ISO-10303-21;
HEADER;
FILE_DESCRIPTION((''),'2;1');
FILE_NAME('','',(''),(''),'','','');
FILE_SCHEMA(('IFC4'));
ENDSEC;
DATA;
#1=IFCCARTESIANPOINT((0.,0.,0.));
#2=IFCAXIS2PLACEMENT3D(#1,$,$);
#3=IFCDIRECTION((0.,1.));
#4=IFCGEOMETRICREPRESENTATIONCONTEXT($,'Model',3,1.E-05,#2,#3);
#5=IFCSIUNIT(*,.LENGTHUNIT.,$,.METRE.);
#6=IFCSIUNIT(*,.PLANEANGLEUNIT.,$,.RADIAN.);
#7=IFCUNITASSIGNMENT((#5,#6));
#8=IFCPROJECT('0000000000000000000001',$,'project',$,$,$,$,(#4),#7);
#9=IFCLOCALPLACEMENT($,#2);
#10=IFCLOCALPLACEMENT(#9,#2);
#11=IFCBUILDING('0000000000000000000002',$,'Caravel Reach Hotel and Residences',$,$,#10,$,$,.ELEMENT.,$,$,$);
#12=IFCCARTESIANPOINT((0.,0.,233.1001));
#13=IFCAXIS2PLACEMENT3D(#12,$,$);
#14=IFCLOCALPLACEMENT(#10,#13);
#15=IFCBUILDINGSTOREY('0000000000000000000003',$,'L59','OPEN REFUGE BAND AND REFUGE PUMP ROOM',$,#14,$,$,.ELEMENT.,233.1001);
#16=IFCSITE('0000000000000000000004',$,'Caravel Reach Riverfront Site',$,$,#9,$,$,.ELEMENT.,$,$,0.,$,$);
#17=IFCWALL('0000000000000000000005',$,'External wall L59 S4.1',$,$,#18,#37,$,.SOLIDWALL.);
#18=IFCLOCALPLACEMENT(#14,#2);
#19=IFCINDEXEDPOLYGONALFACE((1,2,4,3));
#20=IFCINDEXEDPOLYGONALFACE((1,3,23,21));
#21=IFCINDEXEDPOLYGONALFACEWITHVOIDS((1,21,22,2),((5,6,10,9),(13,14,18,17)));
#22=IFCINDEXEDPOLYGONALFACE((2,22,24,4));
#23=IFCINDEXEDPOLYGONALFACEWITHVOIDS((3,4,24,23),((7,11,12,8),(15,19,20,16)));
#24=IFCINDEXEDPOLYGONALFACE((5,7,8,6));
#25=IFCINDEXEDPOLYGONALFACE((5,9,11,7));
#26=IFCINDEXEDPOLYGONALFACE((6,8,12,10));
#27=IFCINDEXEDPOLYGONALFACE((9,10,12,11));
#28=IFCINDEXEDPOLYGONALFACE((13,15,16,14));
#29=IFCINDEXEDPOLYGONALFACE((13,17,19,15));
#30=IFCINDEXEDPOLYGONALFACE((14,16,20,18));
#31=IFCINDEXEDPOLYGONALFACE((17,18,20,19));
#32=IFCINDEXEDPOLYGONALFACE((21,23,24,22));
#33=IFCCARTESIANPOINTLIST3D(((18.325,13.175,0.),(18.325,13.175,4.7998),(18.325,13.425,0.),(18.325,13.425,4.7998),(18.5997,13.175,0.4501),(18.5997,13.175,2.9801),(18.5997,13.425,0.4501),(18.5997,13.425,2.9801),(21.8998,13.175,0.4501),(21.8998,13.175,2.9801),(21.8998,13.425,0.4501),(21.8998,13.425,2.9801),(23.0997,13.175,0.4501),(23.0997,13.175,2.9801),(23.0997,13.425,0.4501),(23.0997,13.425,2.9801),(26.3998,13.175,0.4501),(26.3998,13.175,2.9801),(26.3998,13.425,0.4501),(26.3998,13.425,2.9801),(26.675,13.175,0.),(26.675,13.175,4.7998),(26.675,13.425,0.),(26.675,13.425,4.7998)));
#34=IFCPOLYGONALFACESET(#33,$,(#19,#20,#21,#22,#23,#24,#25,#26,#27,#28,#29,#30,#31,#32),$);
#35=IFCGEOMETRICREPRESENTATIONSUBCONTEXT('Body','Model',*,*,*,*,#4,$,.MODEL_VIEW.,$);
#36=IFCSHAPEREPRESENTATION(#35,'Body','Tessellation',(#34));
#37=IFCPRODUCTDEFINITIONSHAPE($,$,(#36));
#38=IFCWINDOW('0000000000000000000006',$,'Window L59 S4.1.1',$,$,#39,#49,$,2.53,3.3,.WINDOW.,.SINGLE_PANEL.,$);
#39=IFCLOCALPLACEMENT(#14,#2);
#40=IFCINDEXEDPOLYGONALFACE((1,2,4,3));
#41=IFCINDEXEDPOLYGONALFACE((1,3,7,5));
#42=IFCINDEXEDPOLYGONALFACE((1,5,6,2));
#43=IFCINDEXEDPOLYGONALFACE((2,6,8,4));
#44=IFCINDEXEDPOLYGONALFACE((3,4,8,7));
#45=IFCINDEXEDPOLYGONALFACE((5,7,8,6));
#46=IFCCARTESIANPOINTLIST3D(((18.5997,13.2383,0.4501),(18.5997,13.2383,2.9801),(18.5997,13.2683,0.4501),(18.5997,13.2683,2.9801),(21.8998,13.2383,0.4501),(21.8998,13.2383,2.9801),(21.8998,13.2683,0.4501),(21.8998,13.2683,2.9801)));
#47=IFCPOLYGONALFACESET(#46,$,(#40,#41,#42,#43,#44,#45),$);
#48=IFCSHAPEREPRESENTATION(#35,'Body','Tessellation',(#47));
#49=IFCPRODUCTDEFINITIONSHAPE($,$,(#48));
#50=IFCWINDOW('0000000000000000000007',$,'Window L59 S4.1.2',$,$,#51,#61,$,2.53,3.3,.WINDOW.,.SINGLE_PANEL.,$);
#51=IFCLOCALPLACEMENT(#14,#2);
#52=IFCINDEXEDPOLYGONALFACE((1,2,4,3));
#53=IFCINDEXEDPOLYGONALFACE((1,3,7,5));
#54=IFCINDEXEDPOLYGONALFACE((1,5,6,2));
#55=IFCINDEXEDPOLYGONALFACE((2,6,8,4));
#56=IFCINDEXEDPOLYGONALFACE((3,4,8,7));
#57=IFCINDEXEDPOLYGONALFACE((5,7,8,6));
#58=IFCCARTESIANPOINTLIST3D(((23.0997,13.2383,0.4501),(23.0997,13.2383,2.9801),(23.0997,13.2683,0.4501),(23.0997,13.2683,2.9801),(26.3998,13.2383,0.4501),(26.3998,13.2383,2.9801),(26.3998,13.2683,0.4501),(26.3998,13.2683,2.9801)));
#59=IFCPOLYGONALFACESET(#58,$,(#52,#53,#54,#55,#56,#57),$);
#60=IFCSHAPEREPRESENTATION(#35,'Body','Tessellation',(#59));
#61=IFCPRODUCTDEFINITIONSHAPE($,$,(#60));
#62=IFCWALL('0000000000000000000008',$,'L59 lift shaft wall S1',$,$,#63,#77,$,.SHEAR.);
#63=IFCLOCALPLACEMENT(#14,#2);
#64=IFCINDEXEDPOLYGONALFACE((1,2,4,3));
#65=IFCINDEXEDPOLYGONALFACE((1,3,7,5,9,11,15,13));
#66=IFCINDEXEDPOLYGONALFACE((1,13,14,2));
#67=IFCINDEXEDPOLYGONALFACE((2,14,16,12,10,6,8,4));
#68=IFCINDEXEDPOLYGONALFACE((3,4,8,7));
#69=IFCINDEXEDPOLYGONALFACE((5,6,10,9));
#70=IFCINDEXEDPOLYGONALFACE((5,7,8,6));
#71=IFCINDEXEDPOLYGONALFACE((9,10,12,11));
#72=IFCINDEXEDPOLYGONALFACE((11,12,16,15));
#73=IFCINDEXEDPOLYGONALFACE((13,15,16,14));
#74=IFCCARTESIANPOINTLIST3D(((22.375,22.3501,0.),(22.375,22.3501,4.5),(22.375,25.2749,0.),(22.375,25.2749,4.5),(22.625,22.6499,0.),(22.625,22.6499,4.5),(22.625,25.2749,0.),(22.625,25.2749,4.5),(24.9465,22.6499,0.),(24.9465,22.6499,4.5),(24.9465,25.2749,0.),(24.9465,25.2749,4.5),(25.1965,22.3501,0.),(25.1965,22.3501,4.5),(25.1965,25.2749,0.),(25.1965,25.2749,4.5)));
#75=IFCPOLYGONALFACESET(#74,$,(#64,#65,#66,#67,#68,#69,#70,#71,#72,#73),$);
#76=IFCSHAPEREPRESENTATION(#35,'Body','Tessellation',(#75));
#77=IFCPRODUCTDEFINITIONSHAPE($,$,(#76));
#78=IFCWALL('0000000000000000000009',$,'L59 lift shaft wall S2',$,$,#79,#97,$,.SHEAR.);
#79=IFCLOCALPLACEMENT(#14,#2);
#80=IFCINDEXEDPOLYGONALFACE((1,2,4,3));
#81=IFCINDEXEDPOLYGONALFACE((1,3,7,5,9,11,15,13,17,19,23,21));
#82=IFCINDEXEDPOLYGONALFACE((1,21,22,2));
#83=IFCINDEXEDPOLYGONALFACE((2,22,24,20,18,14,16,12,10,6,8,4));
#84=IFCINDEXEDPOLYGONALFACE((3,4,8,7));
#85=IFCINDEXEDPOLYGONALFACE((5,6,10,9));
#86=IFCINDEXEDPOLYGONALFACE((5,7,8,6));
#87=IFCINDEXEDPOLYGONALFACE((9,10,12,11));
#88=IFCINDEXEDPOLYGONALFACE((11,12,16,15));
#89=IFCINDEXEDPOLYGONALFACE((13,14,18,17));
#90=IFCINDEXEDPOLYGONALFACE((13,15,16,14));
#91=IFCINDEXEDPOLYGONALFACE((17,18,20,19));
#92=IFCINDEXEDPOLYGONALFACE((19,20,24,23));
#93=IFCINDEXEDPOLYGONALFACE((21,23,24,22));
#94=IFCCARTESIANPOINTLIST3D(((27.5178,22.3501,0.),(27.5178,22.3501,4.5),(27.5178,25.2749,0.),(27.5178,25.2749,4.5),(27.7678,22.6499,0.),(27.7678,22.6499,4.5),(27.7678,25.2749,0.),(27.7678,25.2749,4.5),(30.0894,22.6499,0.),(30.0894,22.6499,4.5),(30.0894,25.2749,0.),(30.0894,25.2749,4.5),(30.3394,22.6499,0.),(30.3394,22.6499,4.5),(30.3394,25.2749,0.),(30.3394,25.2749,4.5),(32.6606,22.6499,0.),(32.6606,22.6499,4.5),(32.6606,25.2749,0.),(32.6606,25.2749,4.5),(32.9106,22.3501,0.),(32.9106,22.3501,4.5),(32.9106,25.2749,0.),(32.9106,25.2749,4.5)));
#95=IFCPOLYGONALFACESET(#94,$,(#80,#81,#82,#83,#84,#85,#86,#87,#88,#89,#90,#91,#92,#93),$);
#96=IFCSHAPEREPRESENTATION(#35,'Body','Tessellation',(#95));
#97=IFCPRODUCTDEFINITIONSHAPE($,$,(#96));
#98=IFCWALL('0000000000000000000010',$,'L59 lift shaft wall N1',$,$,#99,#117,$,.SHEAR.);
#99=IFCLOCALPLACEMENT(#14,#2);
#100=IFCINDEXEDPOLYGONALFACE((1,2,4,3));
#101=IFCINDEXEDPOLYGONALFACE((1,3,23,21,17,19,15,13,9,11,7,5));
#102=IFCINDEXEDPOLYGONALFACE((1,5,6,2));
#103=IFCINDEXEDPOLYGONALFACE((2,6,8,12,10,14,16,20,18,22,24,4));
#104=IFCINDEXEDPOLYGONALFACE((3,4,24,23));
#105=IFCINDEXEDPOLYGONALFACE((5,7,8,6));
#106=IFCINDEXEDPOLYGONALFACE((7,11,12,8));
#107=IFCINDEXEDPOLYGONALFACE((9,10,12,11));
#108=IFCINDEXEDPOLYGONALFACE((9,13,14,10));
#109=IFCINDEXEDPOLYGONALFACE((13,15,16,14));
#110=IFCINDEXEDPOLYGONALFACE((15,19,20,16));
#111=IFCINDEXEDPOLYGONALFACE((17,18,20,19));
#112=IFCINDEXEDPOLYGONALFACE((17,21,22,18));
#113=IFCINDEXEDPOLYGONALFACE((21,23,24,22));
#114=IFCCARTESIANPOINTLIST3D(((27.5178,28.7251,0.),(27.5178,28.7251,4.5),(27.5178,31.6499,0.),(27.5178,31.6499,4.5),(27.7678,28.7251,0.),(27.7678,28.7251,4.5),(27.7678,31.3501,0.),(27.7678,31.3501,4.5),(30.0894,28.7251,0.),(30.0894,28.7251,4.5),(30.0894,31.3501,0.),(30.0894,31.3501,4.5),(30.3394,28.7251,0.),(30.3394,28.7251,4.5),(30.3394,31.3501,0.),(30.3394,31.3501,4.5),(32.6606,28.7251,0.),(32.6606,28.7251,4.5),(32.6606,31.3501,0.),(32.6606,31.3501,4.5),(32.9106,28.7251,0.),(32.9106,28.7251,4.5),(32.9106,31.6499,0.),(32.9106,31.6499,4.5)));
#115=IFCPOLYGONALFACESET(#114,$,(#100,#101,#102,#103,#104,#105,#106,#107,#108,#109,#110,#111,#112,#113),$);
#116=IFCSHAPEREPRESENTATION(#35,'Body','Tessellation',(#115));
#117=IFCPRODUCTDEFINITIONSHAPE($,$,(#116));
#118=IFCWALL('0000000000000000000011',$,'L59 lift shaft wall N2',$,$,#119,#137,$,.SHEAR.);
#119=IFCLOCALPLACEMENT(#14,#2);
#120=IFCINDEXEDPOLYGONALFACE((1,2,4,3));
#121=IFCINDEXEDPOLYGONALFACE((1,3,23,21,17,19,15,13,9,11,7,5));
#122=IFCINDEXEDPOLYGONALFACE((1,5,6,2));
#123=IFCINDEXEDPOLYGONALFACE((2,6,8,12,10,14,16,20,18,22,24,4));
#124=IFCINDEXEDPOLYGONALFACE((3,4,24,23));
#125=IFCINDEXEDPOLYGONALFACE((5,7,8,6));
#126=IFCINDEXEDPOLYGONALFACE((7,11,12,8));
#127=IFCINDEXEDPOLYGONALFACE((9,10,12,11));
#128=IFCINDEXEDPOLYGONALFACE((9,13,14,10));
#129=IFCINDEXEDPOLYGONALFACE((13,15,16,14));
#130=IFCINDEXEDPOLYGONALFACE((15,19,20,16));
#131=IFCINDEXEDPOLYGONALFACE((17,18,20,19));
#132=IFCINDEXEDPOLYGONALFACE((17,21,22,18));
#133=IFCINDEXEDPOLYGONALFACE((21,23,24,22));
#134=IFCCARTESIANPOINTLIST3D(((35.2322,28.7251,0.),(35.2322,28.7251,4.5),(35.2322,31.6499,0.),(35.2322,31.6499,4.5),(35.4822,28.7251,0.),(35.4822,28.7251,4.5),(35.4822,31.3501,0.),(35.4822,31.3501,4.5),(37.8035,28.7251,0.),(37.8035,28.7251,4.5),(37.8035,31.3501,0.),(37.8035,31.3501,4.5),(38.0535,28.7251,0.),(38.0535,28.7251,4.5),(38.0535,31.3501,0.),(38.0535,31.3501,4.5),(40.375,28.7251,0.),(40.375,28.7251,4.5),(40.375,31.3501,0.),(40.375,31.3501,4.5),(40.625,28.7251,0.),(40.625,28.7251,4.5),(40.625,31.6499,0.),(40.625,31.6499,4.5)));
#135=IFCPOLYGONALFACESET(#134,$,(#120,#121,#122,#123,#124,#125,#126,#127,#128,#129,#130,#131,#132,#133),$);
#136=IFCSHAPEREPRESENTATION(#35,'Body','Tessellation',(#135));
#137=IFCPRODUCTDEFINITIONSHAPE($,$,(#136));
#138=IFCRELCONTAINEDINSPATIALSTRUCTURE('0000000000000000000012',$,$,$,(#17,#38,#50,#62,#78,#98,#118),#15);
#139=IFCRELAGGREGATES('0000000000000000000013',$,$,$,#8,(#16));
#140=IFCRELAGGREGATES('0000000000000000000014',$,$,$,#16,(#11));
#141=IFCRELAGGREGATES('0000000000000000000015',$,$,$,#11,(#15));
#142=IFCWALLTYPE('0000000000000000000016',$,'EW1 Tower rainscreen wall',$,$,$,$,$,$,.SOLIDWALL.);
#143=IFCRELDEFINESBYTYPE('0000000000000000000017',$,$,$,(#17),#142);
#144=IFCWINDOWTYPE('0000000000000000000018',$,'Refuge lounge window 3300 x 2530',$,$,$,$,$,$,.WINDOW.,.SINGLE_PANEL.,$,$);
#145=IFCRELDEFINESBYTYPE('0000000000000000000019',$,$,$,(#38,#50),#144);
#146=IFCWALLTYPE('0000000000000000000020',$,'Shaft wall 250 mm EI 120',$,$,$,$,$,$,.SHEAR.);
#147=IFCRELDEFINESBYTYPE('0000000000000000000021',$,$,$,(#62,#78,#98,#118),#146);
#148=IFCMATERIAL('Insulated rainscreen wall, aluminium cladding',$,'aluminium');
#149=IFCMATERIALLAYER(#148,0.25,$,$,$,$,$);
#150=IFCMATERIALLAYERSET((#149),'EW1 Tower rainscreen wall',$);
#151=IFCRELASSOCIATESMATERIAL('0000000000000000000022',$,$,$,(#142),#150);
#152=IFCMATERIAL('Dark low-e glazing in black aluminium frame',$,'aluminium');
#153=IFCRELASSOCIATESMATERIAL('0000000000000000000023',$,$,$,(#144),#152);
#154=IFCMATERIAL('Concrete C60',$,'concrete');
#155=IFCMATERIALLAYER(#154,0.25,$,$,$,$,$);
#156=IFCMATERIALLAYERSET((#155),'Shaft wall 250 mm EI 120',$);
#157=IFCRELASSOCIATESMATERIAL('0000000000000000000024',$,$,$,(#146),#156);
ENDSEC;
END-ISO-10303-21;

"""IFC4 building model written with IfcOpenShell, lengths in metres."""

from ifc_helpers import new_model, si_unit, direction, frame, frame_2d, origin, place, context, subcontext, project, spatial, polyline, rectangle, outline, extrude, material, layer, layer_set, type_object, element, fill, save


model = new_model("IFC4")

# Units and contexts
model_context = context("Model", 3, precision=1e-05, world=origin(), true_north=direction((0.0, 1.0)))
body_context = subcontext(model_context, "Body", "Model", "MODEL_VIEW")
ifc_project = project(units=[si_unit("LENGTHUNIT", "METRE"), si_unit("PLANEANGLEUNIT", "RADIAN")], contexts=[model_context])

# Site, building, storey
site_placement = place(None, origin())
site = spatial("IfcSite", under=ifc_project, at=site_placement, Name="Caravel Reach Riverfront Site", CompositionType="ELEMENT", RefElevation=0.0)
building_placement = place(site_placement, origin())
building = spatial("IfcBuilding", under=site, at=building_placement, Name="Caravel Reach Hotel and Residences", CompositionType="ELEMENT")
storey_placement = place(building_placement, frame((0.0, 0.0, 233.1001)))
storey = spatial("IfcBuildingStorey", under=building, at=storey_placement, Name="L59", Description="OPEN REFUGE BAND AND REFUGE PUMP ROOM", CompositionType="ELEMENT", Elevation=233.1001)

# Wall, openings, windows
ifc_material_1 = material(Name="Insulated rainscreen wall, aluminium cladding", Category="aluminium")
ifc_layer_1 = layer(ifc_material_1, 0.25)
ifc_layer_set_1 = layer_set([ifc_layer_1], Name="EW1 Tower rainscreen wall")
wall_type_1 = type_object("IfcWallType", Name="EW1 Tower rainscreen wall", PredefinedType="SOLIDWALL", material=ifc_layer_set_1)
wall_1_placement = place(storey_placement, frame((18.325, 13.3, 0.0), z_axis=(0.0, 0.0, 1.0), x_axis=(1.0, 0.0, 0.0)))
wall_1 = element("IfcWall", 1, at=wall_1_placement, inside=storey, type_object=wall_type_1, Name="External wall L59 S4.1", PredefinedType="SOLIDWALL", context=body_context, shape_type="SweptSolid", body=[
    extrude(rectangle(XDim=8.3501, YDim=0.25, at=frame_2d((4.175, 0.0))), origin(), (0.0, 0.0, 1.0), 4.7998),
])
opening_1_placement = place(wall_1_placement, frame((0.2749, 0.0, 0.45)))
opening_1 = element("IfcOpeningElement", 2, at=opening_1_placement, cuts=wall_1, PredefinedType="OPENING", context=body_context, shape_type="SweptSolid", body=[
    extrude(rectangle(XDim=3.3, YDim=2.53, at=frame_2d((1.6499, 1.2651))), frame((0.0, 0.135, 0.0), z_axis=(0.0, -1.0, 0.0), x_axis=(1.0, 0.0, 0.0)), (0.0, 0.0, 1.0), 0.27),
])
opening_2_placement = place(wall_1_placement, frame((4.7749, 0.0, 0.45)))
opening_2 = element("IfcOpeningElement", 3, at=opening_2_placement, cuts=wall_1, PredefinedType="OPENING", context=body_context, shape_type="SweptSolid", body=[
    extrude(rectangle(XDim=3.3, YDim=2.53, at=frame_2d((1.6499, 1.2651))), frame((0.0, 0.135, 0.0), z_axis=(0.0, -1.0, 0.0), x_axis=(1.0, 0.0, 0.0)), (0.0, 0.0, 1.0), 0.27),
])
ifc_material_2 = material(Name="Dark low-e glazing in black aluminium frame", Category="aluminium")
window_type = type_object("IfcWindowType", Name="Refuge lounge window 3300 x 2530", PartitioningType="SINGLE_PANEL", PredefinedType="WINDOW", material=ifc_material_2)
window_1_placement = place(opening_1_placement, origin())
window_1 = element("IfcWindow", 4, at=window_1_placement, inside=storey, type_object=window_type, Name="Window L59 S4.1.1", OverallHeight=2.53, OverallWidth=3.3, PartitioningType="SINGLE_PANEL", PredefinedType="WINDOW", context=body_context, shape_type="SweptSolid", body=[
    extrude(rectangle(XDim=3.3, YDim=2.53, at=frame_2d((1.6499, 1.2651))), frame((0.0, -0.0317, 0.0), z_axis=(0.0, -1.0, 0.0), x_axis=(1.0, 0.0, 0.0)), (0.0, 0.0, 1.0), 0.03),
])
fill(opening_1, window_1)
window_2_placement = place(opening_2_placement, origin())
window_2 = element("IfcWindow", 5, at=window_2_placement, inside=storey, type_object=window_type, Name="Window L59 S4.1.2", OverallHeight=2.53, OverallWidth=3.3, PartitioningType="SINGLE_PANEL", PredefinedType="WINDOW", context=body_context, shape_type="SweptSolid", body=[
    extrude(rectangle(XDim=3.3, YDim=2.53, at=frame_2d((1.6499, 1.2651))), frame((0.0, -0.0317, 0.0), z_axis=(0.0, -1.0, 0.0), x_axis=(1.0, 0.0, 0.0)), (0.0, 0.0, 1.0), 0.03),
])
fill(opening_2, window_2)

# Walls
ifc_material_3 = material(Name="Concrete C60", Category="concrete")
ifc_layer_2 = layer(ifc_material_3, 0.25)
ifc_layer_set_2 = layer_set([ifc_layer_2], Name="Shaft wall 250 mm EI 120")
wall_type_2 = type_object("IfcWallType", Name="Shaft wall 250 mm EI 120", PredefinedType="SHEAR", material=ifc_layer_set_2)
wall_2_placement = place(storey_placement, origin())
element("IfcWall", 6, at=wall_2_placement, inside=storey, type_object=wall_type_2, Name="L59 lift shaft wall S1", PredefinedType="SHEAR", context=body_context, shape_type="SweptSolid", body=[
    extrude(outline(polyline([(22.375, 22.3501), (25.1965, 22.3501), (25.1965, 25.2749), (24.9465, 25.2749), (24.9465, 22.6499), (22.625, 22.6499), (22.625, 25.2749), (22.375, 25.2749), (22.375, 22.3501)])), origin(), (0.0, 0.0, 1.0), 4.5),
])
wall_3_placement = place(storey_placement, origin())
element("IfcWall", 7, at=wall_3_placement, inside=storey, type_object=wall_type_2, Name="L59 lift shaft wall S2", PredefinedType="SHEAR", context=body_context, shape_type="SweptSolid", body=[
    extrude(outline(polyline([(27.5178, 22.3501), (32.9106, 22.3501), (32.9106, 25.2749), (32.6606, 25.2749), (32.6606, 22.6499), (30.3394, 22.6499), (30.3394, 25.2749), (30.0894, 25.2749), (30.0894, 22.6499), (27.7678, 22.6499), (27.7678, 25.2749), (27.5178, 25.2749), (27.5178, 22.3501)])), origin(), (0.0, 0.0, 1.0), 4.5),
])
wall_4_placement = place(storey_placement, origin())
element("IfcWall", 8, at=wall_4_placement, inside=storey, type_object=wall_type_2, Name="L59 lift shaft wall N1", PredefinedType="SHEAR", context=body_context, shape_type="SweptSolid", body=[
    extrude(outline(polyline([(27.5178, 28.7251), (27.7678, 28.7251), (27.7678, 31.3501), (30.0894, 31.3501), (30.0894, 28.7251), (30.3394, 28.7251), (30.3394, 31.3501), (32.6606, 31.3501), (32.6606, 28.7251), (32.9106, 28.7251), (32.9106, 31.6499), (27.5178, 31.6499), (27.5178, 28.7251)])), origin(), (0.0, 0.0, 1.0), 4.5),
])
wall_5_placement = place(storey_placement, origin())
element("IfcWall", 9, at=wall_5_placement, inside=storey, type_object=wall_type_2, Name="L59 lift shaft wall N2", PredefinedType="SHEAR", context=body_context, shape_type="SweptSolid", body=[
    extrude(outline(polyline([(35.2322, 28.7251), (35.4822, 28.7251), (35.4822, 31.3501), (37.8035, 31.3501), (37.8035, 28.7251), (38.0535, 28.7251), (38.0535, 31.3501), (40.375, 31.3501), (40.375, 28.7251), (40.625, 28.7251), (40.625, 31.6499), (35.2322, 31.6499), (35.2322, 28.7251)])), origin(), (0.0, 0.0, 1.0), 4.5),
])

save(model, "model.ifc")
